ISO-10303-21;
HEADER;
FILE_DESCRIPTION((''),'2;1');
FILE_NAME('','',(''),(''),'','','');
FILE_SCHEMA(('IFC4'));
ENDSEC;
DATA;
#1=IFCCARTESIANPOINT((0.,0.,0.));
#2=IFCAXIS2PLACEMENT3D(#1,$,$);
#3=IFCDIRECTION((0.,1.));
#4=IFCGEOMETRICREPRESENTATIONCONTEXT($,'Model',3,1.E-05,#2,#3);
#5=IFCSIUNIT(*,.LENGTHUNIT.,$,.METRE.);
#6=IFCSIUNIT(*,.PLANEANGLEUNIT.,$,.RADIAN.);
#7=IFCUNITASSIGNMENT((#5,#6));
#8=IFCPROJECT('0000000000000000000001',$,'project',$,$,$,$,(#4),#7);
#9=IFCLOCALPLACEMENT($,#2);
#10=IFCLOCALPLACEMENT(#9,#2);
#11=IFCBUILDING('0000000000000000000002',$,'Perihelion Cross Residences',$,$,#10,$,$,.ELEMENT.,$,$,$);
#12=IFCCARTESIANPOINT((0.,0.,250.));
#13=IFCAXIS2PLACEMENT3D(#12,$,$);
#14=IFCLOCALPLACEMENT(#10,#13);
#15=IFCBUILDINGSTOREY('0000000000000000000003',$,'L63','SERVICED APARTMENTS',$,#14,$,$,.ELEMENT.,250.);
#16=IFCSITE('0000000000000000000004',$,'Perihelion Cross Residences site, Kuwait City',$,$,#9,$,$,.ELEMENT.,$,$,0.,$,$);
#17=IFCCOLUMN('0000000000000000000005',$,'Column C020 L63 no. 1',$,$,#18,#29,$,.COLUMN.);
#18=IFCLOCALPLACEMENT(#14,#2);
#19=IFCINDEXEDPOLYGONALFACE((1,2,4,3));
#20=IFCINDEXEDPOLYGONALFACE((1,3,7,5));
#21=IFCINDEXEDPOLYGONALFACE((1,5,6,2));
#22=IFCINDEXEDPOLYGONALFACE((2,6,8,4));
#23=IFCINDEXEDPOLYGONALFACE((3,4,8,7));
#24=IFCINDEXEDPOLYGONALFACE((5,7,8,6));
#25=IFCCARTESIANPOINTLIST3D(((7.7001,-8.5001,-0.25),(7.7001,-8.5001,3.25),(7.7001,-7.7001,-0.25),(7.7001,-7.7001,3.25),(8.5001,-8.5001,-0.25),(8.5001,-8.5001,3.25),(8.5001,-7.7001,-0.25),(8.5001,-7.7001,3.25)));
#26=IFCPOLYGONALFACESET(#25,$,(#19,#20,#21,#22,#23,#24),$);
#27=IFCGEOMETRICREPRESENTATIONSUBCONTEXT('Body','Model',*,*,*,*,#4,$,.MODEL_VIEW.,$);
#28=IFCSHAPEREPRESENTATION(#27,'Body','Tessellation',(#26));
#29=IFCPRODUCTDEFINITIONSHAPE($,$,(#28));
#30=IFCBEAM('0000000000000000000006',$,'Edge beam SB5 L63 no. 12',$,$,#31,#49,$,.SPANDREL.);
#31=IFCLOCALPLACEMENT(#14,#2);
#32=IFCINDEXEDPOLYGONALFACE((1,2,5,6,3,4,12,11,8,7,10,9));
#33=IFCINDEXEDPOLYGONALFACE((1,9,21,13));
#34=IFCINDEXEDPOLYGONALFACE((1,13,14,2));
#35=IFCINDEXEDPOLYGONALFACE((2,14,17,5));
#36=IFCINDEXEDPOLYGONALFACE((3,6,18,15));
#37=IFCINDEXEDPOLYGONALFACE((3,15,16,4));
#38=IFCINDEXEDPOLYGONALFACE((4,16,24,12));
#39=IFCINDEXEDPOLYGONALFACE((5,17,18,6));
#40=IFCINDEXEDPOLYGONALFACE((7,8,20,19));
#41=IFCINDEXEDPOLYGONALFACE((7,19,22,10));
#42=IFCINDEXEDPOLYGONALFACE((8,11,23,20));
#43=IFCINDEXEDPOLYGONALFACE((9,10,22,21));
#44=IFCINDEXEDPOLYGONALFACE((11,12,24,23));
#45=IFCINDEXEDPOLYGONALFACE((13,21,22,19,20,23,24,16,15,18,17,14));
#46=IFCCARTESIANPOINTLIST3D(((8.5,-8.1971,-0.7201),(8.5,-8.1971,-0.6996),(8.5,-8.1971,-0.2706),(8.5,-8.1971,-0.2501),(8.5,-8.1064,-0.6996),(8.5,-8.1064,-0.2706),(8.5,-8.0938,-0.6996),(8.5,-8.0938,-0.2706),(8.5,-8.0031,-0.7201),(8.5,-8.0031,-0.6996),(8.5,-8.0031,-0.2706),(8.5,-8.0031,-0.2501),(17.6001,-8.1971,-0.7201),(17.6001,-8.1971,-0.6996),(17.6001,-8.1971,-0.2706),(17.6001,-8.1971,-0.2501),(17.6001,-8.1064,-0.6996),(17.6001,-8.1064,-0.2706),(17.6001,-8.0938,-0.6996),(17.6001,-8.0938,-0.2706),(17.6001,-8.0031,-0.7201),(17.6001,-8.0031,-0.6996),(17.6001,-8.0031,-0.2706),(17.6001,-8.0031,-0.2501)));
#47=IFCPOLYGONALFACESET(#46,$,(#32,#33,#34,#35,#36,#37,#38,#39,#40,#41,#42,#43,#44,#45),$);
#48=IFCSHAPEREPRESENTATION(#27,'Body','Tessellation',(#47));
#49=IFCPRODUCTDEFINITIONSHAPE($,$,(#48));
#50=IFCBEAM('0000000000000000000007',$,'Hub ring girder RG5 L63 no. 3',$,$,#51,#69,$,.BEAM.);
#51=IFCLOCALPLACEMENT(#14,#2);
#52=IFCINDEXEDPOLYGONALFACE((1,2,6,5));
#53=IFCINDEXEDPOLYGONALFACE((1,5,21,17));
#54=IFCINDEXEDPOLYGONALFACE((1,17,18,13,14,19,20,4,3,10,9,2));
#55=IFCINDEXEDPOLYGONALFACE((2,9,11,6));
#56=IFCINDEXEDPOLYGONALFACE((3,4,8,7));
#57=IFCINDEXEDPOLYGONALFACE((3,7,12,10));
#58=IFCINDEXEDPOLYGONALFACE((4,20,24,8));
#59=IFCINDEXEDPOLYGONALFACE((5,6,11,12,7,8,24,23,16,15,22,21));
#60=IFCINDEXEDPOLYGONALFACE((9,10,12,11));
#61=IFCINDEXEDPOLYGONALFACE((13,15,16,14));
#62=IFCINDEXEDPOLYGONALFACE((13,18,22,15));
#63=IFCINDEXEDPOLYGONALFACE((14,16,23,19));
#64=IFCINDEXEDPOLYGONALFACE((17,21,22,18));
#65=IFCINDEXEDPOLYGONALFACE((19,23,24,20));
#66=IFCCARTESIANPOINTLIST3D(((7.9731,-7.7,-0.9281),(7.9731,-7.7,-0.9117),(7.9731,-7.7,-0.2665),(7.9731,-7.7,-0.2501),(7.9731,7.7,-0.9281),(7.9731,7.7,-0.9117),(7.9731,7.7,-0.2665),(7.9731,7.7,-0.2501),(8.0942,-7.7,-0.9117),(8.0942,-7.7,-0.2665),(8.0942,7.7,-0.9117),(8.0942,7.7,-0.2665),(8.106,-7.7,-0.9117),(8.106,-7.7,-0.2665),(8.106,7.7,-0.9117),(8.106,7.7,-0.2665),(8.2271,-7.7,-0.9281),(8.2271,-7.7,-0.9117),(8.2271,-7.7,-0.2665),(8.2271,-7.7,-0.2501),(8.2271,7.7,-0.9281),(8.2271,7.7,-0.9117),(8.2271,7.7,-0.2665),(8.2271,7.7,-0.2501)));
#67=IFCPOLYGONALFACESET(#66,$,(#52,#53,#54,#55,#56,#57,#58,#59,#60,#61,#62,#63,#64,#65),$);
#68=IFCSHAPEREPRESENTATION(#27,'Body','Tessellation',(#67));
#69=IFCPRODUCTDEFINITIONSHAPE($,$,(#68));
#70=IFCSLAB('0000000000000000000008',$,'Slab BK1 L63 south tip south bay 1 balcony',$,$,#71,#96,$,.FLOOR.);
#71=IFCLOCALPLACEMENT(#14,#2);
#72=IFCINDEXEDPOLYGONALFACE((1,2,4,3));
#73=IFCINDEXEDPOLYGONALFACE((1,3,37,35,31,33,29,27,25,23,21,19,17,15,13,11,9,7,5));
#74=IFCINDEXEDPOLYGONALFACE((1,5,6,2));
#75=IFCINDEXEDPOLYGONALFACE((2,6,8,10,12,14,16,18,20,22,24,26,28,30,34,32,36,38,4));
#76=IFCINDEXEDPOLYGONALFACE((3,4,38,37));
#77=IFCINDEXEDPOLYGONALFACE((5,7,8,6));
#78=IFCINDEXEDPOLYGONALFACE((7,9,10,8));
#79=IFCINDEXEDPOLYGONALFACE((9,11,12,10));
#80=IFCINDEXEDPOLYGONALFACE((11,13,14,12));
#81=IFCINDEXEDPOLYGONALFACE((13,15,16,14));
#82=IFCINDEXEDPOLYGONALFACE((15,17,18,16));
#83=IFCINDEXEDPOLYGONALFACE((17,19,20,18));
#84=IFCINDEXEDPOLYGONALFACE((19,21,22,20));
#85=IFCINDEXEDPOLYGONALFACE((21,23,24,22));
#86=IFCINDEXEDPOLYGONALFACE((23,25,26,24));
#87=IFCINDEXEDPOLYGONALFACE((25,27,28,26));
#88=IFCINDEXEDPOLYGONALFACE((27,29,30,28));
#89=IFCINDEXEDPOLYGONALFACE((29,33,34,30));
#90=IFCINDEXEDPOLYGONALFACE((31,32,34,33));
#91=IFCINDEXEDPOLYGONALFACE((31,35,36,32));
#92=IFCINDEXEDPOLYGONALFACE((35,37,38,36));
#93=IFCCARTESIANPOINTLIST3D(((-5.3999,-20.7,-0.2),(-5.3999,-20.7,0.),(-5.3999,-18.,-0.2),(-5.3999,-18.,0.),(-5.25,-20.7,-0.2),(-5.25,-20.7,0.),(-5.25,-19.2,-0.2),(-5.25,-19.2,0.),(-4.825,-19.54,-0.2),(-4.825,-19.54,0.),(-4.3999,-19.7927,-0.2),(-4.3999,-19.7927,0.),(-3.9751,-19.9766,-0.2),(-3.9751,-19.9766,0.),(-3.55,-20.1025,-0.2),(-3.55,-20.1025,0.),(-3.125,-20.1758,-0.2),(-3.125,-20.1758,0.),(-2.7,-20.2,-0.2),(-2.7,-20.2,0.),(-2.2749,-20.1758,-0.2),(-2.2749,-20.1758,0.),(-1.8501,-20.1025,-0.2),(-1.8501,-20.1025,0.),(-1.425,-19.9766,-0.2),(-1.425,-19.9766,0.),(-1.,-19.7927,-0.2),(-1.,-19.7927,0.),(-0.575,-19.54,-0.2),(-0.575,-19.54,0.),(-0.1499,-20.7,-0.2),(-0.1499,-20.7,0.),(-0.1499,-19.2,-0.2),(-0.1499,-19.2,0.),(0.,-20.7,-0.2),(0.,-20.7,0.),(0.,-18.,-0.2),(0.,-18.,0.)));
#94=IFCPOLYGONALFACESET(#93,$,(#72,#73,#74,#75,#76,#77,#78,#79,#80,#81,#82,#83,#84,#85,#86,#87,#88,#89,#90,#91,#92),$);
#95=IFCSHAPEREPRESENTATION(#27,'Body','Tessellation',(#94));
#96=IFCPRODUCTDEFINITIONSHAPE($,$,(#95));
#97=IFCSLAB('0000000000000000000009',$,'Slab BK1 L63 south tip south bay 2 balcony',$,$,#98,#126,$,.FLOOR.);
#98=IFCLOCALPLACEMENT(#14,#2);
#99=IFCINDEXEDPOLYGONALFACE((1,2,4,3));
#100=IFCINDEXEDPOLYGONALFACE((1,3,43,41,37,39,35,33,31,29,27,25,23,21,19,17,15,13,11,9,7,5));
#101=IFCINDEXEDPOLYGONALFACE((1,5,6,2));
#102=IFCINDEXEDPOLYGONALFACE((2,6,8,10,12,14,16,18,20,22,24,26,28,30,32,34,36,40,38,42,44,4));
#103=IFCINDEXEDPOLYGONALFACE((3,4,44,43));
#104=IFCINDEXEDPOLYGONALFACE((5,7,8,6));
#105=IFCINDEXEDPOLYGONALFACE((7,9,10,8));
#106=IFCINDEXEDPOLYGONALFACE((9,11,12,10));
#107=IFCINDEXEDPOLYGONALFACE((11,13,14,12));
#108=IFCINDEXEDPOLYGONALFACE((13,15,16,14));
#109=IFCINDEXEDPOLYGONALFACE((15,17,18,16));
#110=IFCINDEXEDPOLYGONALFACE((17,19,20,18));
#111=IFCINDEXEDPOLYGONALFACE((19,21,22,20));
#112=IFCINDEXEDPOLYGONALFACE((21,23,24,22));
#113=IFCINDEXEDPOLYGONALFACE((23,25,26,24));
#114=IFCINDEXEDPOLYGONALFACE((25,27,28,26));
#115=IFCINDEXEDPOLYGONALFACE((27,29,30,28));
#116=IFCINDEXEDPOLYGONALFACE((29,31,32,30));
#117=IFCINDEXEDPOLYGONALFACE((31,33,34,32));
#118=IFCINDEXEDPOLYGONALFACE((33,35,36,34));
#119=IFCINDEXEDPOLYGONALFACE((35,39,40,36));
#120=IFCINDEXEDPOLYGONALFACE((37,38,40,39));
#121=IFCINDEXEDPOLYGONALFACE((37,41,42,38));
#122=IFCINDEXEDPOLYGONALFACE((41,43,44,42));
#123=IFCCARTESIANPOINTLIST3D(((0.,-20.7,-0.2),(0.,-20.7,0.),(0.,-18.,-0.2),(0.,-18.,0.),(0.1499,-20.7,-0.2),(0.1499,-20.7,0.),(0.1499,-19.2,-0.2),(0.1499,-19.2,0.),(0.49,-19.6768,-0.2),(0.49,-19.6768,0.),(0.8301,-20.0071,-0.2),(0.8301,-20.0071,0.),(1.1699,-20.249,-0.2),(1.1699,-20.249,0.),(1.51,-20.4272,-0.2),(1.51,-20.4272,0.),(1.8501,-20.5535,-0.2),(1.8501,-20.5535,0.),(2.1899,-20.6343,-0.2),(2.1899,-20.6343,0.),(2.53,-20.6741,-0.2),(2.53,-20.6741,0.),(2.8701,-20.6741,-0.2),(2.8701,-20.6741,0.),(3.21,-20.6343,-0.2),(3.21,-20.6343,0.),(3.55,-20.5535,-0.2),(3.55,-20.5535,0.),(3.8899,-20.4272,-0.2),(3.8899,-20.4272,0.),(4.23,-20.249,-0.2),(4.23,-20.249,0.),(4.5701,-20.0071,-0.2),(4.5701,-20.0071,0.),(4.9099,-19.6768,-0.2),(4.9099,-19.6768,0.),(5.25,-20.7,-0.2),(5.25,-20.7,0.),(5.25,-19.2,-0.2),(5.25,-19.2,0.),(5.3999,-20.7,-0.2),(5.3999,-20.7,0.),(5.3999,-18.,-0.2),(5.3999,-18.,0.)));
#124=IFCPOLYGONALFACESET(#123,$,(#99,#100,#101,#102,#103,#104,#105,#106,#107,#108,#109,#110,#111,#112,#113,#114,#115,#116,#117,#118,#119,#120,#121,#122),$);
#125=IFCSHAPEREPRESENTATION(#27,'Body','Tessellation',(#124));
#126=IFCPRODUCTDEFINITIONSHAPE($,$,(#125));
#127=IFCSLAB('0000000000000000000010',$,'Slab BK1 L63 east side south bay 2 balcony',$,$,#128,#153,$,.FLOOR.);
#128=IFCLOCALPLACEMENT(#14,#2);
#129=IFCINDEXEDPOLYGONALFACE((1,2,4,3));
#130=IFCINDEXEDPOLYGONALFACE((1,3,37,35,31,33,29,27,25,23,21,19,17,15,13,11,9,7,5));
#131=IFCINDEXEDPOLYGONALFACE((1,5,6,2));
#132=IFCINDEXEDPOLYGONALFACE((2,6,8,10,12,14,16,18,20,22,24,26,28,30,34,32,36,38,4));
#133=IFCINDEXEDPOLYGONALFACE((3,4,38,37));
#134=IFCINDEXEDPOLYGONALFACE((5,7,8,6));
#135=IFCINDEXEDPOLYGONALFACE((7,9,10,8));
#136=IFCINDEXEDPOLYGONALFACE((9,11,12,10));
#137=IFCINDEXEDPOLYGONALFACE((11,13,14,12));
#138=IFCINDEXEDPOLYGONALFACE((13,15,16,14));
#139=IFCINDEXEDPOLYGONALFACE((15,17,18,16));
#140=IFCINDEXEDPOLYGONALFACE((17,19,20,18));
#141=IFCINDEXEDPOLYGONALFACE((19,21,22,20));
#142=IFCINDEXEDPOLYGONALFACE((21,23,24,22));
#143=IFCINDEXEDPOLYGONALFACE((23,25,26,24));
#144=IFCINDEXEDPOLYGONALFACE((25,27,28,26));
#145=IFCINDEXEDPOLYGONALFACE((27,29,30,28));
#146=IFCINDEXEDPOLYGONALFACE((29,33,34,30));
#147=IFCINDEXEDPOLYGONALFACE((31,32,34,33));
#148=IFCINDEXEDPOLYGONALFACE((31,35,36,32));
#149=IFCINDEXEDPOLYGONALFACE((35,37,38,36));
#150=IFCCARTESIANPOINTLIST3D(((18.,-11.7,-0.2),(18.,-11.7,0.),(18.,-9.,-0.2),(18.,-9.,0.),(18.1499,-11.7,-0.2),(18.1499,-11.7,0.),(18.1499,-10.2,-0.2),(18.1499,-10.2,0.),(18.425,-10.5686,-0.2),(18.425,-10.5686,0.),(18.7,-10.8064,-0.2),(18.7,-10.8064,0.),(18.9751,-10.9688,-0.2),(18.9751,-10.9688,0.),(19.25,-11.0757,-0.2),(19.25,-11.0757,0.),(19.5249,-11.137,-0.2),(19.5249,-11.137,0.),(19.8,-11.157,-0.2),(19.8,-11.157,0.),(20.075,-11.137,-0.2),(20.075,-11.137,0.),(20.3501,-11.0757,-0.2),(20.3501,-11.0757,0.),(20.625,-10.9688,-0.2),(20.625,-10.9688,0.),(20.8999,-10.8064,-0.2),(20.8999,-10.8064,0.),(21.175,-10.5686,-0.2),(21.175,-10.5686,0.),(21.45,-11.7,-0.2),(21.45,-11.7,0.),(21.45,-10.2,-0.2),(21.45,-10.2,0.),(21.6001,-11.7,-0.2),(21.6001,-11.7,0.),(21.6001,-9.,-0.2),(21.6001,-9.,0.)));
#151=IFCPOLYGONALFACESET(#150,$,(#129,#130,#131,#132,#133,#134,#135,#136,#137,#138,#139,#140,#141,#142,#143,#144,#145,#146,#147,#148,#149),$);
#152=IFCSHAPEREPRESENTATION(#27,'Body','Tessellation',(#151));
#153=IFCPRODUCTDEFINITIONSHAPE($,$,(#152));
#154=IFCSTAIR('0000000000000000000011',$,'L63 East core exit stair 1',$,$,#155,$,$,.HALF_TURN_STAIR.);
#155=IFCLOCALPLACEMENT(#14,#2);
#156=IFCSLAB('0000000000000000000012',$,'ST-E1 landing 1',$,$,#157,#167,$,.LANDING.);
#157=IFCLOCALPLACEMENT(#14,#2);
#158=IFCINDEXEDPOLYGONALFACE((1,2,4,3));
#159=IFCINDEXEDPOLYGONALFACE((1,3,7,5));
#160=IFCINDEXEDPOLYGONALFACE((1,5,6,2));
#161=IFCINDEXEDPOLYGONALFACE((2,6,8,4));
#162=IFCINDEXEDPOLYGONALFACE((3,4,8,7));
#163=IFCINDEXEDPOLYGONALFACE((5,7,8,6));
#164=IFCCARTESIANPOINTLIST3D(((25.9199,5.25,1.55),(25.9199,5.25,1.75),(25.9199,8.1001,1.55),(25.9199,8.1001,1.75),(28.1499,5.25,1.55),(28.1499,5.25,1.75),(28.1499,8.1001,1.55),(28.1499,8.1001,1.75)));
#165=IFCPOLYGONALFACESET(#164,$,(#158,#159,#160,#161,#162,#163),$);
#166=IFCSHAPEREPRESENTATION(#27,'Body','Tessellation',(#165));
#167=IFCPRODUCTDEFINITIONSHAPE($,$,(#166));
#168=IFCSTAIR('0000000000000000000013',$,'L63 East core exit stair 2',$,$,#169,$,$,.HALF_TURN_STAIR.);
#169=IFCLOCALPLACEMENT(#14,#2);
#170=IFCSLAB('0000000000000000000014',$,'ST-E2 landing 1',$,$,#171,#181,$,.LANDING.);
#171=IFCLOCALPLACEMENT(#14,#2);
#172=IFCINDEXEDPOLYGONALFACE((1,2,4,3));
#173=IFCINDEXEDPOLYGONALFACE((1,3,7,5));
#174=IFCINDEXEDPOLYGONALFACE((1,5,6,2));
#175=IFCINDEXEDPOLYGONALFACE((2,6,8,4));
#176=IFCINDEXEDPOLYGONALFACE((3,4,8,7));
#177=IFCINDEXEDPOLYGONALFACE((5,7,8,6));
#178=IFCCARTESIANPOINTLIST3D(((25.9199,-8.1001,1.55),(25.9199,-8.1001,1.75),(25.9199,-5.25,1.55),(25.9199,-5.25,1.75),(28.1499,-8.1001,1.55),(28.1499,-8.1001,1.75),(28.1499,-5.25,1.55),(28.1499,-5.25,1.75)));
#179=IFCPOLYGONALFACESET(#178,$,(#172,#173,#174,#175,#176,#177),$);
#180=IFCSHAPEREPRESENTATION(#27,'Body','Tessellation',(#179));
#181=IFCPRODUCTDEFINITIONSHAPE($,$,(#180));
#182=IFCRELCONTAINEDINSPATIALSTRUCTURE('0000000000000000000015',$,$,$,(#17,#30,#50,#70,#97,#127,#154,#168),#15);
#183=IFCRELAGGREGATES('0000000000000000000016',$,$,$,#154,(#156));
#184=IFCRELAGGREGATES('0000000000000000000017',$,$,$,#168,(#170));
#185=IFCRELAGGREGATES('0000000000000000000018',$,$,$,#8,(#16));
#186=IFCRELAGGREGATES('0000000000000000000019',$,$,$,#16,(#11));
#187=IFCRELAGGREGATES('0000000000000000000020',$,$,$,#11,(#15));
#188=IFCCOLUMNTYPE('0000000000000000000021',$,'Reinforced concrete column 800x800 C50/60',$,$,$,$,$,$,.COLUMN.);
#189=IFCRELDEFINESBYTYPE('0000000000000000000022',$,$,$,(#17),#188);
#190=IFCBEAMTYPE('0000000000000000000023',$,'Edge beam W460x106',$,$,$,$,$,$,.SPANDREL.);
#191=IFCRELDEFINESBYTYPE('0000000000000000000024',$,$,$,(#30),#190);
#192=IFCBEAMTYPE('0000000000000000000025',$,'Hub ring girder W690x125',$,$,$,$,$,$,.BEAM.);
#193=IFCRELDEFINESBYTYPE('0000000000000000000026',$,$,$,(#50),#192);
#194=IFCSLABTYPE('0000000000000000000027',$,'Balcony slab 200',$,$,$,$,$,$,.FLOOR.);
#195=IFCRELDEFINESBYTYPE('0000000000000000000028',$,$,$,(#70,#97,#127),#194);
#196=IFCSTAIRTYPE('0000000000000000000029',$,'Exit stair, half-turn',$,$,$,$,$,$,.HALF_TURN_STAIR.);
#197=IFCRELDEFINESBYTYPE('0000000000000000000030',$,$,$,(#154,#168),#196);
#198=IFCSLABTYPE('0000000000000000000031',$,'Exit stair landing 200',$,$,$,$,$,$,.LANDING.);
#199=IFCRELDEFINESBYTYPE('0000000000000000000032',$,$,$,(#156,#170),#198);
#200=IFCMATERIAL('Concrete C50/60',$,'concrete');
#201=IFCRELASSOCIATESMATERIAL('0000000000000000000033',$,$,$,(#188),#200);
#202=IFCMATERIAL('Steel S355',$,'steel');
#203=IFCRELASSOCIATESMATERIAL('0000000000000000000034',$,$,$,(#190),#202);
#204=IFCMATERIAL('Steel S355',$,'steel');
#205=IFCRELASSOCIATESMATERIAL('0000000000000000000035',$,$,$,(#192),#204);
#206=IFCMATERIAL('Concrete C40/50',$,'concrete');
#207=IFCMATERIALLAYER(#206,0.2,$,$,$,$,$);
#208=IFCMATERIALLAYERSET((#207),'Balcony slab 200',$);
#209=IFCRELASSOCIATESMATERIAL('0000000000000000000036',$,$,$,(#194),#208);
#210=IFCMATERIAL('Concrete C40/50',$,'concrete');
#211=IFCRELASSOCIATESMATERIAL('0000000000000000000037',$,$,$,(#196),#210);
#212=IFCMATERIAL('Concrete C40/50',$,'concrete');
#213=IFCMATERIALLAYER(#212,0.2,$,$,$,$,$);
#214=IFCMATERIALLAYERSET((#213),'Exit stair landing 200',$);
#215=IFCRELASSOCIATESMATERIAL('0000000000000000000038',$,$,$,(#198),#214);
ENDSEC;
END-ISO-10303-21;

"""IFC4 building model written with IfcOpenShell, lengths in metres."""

from ifc_helpers import new_model, si_unit, direction, frame, origin, origin_2d, place, context, subcontext, project, spatial, polyline, rectangle, i_section, outline, extrude, material, layer, layer_set, material_profile, profile_set, type_object, element, aggregate, save


model = new_model("IFC4")

# Units and contexts
model_context = context("Model", 3, precision=1e-05, world=origin(), true_north=direction((0.0, 1.0)))
body_context = subcontext(model_context, "Body", "Model", "MODEL_VIEW")
ifc_project = project(units=[si_unit("LENGTHUNIT", "METRE"), si_unit("PLANEANGLEUNIT", "RADIAN")], contexts=[model_context])

# Site, building, storey
site_placement = place(None, origin())
site = spatial("IfcSite", under=ifc_project, at=site_placement, Name="Perihelion Cross Residences site, Kuwait City", CompositionType="ELEMENT", RefElevation=0.0)
building_placement = place(site_placement, origin())
building = spatial("IfcBuilding", under=site, at=building_placement, Name="Perihelion Cross Residences", CompositionType="ELEMENT")
storey_placement = place(building_placement, frame((0.0, 0.0, 250.0)))
storey = spatial("IfcBuildingStorey", under=building, at=storey_placement, Name="L63", Description="SERVICED APARTMENTS", CompositionType="ELEMENT", Elevation=250.0)

# Column
ifc_material_1 = material(Name="Concrete C50/60", Category="concrete")
ifc_material_profile_1 = material_profile(ifc_material_1, rectangle(XDim=0.8, YDim=0.8, at=origin_2d()), Name="RC 800x800")
ifc_profile_set_1 = profile_set([ifc_material_profile_1], Name="Concrete C50/60")
column_type = type_object("IfcColumnType", Name="Reinforced concrete column 800x800 C50/60", PredefinedType="COLUMN", material=ifc_profile_set_1)
column_placement = place(storey_placement, frame((8.1001, -8.1001, -0.25), z_axis=(0.0, 0.0, 1.0), x_axis=(1.0, 0.0, 0.0)))
element("IfcColumn", 1, at=column_placement, inside=storey, type_object=column_type, Name="Column C020 L63 no. 1", PredefinedType="COLUMN", context=body_context, shape_type="SweptSolid", body=[
    extrude(rectangle(XDim=0.8, YDim=0.8, at=origin_2d()), origin(), (0.0, 0.0, 1.0), 3.5),
])

# Beams
ifc_material_2 = material(Name="Steel S355", Category="steel")
ifc_material_profile_2 = material_profile(ifc_material_2, i_section(OverallWidth=0.1941, OverallDepth=0.47, WebThickness=0.0127, FlangeThickness=0.0205, at=origin_2d()), Name="W460x106")
ifc_profile_set_2 = profile_set([ifc_material_profile_2], Name="Steel S355")
beam_type_1 = type_object("IfcBeamType", Name="Edge beam W460x106", PredefinedType="SPANDREL", material=ifc_profile_set_2)
beam_1_placement = place(storey_placement, frame((8.5, -8.1001, -0.4851), z_axis=(1.0, 0.0, 0.0), x_axis=(0.0, 1.0, 0.0)))
element("IfcBeam", 2, at=beam_1_placement, inside=storey, type_object=beam_type_1, Name="Edge beam SB5 L63 no. 12", PredefinedType="SPANDREL", context=body_context, shape_type="SweptSolid", body=[
    extrude(i_section(OverallWidth=0.1941, OverallDepth=0.47, WebThickness=0.0127, FlangeThickness=0.0205, at=origin_2d()), origin(), (0.0, 0.0, 1.0), 9.1001),
])
ifc_material_3 = material(Name="Steel S355", Category="steel")
ifc_material_profile_3 = material_profile(ifc_material_3, i_section(OverallWidth=0.2539, OverallDepth=0.678, WebThickness=0.0117, FlangeThickness=0.0164, at=origin_2d()), Name="W690x125")
ifc_profile_set_3 = profile_set([ifc_material_profile_3], Name="Steel S355")
beam_type_2 = type_object("IfcBeamType", Name="Hub ring girder W690x125", PredefinedType="BEAM", material=ifc_profile_set_3)
beam_2_placement = place(storey_placement, frame((8.1001, -7.7, -0.5891), z_axis=(0.0, 1.0, 0.0), x_axis=(-1.0, 0.0, 0.0)))
element("IfcBeam", 3, at=beam_2_placement, inside=storey, type_object=beam_type_2, Name="Hub ring girder RG5 L63 no. 3", PredefinedType="BEAM", context=body_context, shape_type="SweptSolid", body=[
    extrude(i_section(OverallWidth=0.2539, OverallDepth=0.678, WebThickness=0.0117, FlangeThickness=0.0164, at=origin_2d()), origin(), (0.0, 0.0, 1.0), 15.3999),
])

# Slabs
ifc_material_4 = material(Name="Concrete C40/50", Category="concrete")
ifc_layer_1 = layer(ifc_material_4, 0.2)
ifc_layer_set_1 = layer_set([ifc_layer_1], Name="Balcony slab 200")
slab_type_1 = type_object("IfcSlabType", Name="Balcony slab 200", PredefinedType="FLOOR", material=ifc_layer_set_1)
slab_1_placement = place(storey_placement, frame((0.0, 0.0, -0.2)))
element("IfcSlab", 4, at=slab_1_placement, inside=storey, type_object=slab_type_1, Name="Slab BK1 L63 south tip south bay 1 balcony", PredefinedType="FLOOR", context=body_context, shape_type="SweptSolid", body=[
    extrude(outline(polyline([(-5.3999, -18.0), (0.0, -18.0), (0.0, -20.7), (-0.1499, -20.7), (-0.1499, -19.2), (-0.575, -19.54), (-1.0, -19.7927), (-1.425, -19.9766), (-1.8501, -20.1025), (-2.2749, -20.1758), (-2.7, -20.2), (-3.125, -20.1758), (-3.55, -20.1025), (-3.9751, -19.9766), (-4.3999, -19.7927), (-4.825, -19.54), (-5.25, -19.2), (-5.25, -20.7), (-5.3999, -20.7), (-5.3999, -18.0)])), origin(), (0.0, 0.0, 1.0), 0.2),
])
slab_2_placement = place(storey_placement, frame((0.0, 0.0, -0.2)))
element("IfcSlab", 5, at=slab_2_placement, inside=storey, type_object=slab_type_1, Name="Slab BK1 L63 south tip south bay 2 balcony", PredefinedType="FLOOR", context=body_context, shape_type="SweptSolid", body=[
    extrude(outline(polyline([(0.0, -18.0), (5.3999, -18.0), (5.3999, -20.7), (5.25, -20.7), (5.25, -19.2), (4.9099, -19.6768), (4.5701, -20.0071), (4.23, -20.249), (3.8899, -20.4272), (3.55, -20.5535), (3.21, -20.6343), (2.8701, -20.6741), (2.53, -20.6741), (2.1899, -20.6343), (1.8501, -20.5535), (1.51, -20.4272), (1.1699, -20.249), (0.8301, -20.0071), (0.49, -19.6768), (0.1499, -19.2), (0.1499, -20.7), (0.0, -20.7), (0.0, -18.0)])), origin(), (0.0, 0.0, 1.0), 0.2),
])
slab_3_placement = place(storey_placement, frame((0.0, 0.0, -0.2)))
element("IfcSlab", 6, at=slab_3_placement, inside=storey, type_object=slab_type_1, Name="Slab BK1 L63 east side south bay 2 balcony", PredefinedType="FLOOR", context=body_context, shape_type="SweptSolid", body=[
    extrude(outline(polyline([(18.0, -9.0), (21.6001, -9.0), (21.6001, -11.7), (21.45, -11.7), (21.45, -10.2), (21.175, -10.5686), (20.8999, -10.8064), (20.625, -10.9688), (20.3501, -11.0757), (20.075, -11.137), (19.8, -11.157), (19.5249, -11.137), (19.25, -11.0757), (18.9751, -10.9688), (18.7, -10.8064), (18.425, -10.5686), (18.1499, -10.2), (18.1499, -11.7), (18.0, -11.7), (18.0, -9.0)])), origin(), (0.0, 0.0, 1.0), 0.2),
])

# Stairs, slabs
ifc_material_5 = material(Name="Concrete C40/50", Category="concrete")
stair_type = type_object("IfcStairType", Name="Exit stair, half-turn", PredefinedType="HALF_TURN_STAIR", material=ifc_material_5)
stair_1_placement = place(storey_placement, origin())
stair_1 = element("IfcStair", 7, at=stair_1_placement, inside=storey, type_object=stair_type, Name="L63 East core exit stair 1", PredefinedType="HALF_TURN_STAIR")
ifc_material_6 = material(Name="Concrete C40/50", Category="concrete")
ifc_layer_2 = layer(ifc_material_6, 0.2)
ifc_layer_set_2 = layer_set([ifc_layer_2], Name="Exit stair landing 200")
slab_type_2 = type_object("IfcSlabType", Name="Exit stair landing 200", PredefinedType="LANDING", material=ifc_layer_set_2)
slab_4_placement = place(storey_placement, frame((0.0, 0.0, 1.55)))
slab_4 = element("IfcSlab", 8, at=slab_4_placement, type_object=slab_type_2, Name="ST-E1 landing 1", PredefinedType="LANDING", context=body_context, shape_type="SweptSolid", body=[
    extrude(outline(polyline([(25.9199, 5.25), (28.1499, 5.25), (28.1499, 8.1001), (25.9199, 8.1001), (25.9199, 5.25)])), origin(), (0.0, 0.0, 1.0), 0.2),
])
aggregate(stair_1, [slab_4])
stair_2_placement = place(storey_placement, origin())
stair_2 = element("IfcStair", 9, at=stair_2_placement, inside=storey, type_object=stair_type, Name="L63 East core exit stair 2", PredefinedType="HALF_TURN_STAIR")
slab_5_placement = place(storey_placement, frame((0.0, 0.0, 1.55)))
slab_5 = element("IfcSlab", 10, at=slab_5_placement, type_object=slab_type_2, Name="ST-E2 landing 1", PredefinedType="LANDING", context=body_context, shape_type="SweptSolid", body=[
    extrude(outline(polyline([(25.9199, -8.1001), (28.1499, -8.1001), (28.1499, -5.25), (25.9199, -5.25), (25.9199, -8.1001)])), origin(), (0.0, 0.0, 1.0), 0.2),
])
aggregate(stair_2, [slab_5])

save(model, "model.ifc")
